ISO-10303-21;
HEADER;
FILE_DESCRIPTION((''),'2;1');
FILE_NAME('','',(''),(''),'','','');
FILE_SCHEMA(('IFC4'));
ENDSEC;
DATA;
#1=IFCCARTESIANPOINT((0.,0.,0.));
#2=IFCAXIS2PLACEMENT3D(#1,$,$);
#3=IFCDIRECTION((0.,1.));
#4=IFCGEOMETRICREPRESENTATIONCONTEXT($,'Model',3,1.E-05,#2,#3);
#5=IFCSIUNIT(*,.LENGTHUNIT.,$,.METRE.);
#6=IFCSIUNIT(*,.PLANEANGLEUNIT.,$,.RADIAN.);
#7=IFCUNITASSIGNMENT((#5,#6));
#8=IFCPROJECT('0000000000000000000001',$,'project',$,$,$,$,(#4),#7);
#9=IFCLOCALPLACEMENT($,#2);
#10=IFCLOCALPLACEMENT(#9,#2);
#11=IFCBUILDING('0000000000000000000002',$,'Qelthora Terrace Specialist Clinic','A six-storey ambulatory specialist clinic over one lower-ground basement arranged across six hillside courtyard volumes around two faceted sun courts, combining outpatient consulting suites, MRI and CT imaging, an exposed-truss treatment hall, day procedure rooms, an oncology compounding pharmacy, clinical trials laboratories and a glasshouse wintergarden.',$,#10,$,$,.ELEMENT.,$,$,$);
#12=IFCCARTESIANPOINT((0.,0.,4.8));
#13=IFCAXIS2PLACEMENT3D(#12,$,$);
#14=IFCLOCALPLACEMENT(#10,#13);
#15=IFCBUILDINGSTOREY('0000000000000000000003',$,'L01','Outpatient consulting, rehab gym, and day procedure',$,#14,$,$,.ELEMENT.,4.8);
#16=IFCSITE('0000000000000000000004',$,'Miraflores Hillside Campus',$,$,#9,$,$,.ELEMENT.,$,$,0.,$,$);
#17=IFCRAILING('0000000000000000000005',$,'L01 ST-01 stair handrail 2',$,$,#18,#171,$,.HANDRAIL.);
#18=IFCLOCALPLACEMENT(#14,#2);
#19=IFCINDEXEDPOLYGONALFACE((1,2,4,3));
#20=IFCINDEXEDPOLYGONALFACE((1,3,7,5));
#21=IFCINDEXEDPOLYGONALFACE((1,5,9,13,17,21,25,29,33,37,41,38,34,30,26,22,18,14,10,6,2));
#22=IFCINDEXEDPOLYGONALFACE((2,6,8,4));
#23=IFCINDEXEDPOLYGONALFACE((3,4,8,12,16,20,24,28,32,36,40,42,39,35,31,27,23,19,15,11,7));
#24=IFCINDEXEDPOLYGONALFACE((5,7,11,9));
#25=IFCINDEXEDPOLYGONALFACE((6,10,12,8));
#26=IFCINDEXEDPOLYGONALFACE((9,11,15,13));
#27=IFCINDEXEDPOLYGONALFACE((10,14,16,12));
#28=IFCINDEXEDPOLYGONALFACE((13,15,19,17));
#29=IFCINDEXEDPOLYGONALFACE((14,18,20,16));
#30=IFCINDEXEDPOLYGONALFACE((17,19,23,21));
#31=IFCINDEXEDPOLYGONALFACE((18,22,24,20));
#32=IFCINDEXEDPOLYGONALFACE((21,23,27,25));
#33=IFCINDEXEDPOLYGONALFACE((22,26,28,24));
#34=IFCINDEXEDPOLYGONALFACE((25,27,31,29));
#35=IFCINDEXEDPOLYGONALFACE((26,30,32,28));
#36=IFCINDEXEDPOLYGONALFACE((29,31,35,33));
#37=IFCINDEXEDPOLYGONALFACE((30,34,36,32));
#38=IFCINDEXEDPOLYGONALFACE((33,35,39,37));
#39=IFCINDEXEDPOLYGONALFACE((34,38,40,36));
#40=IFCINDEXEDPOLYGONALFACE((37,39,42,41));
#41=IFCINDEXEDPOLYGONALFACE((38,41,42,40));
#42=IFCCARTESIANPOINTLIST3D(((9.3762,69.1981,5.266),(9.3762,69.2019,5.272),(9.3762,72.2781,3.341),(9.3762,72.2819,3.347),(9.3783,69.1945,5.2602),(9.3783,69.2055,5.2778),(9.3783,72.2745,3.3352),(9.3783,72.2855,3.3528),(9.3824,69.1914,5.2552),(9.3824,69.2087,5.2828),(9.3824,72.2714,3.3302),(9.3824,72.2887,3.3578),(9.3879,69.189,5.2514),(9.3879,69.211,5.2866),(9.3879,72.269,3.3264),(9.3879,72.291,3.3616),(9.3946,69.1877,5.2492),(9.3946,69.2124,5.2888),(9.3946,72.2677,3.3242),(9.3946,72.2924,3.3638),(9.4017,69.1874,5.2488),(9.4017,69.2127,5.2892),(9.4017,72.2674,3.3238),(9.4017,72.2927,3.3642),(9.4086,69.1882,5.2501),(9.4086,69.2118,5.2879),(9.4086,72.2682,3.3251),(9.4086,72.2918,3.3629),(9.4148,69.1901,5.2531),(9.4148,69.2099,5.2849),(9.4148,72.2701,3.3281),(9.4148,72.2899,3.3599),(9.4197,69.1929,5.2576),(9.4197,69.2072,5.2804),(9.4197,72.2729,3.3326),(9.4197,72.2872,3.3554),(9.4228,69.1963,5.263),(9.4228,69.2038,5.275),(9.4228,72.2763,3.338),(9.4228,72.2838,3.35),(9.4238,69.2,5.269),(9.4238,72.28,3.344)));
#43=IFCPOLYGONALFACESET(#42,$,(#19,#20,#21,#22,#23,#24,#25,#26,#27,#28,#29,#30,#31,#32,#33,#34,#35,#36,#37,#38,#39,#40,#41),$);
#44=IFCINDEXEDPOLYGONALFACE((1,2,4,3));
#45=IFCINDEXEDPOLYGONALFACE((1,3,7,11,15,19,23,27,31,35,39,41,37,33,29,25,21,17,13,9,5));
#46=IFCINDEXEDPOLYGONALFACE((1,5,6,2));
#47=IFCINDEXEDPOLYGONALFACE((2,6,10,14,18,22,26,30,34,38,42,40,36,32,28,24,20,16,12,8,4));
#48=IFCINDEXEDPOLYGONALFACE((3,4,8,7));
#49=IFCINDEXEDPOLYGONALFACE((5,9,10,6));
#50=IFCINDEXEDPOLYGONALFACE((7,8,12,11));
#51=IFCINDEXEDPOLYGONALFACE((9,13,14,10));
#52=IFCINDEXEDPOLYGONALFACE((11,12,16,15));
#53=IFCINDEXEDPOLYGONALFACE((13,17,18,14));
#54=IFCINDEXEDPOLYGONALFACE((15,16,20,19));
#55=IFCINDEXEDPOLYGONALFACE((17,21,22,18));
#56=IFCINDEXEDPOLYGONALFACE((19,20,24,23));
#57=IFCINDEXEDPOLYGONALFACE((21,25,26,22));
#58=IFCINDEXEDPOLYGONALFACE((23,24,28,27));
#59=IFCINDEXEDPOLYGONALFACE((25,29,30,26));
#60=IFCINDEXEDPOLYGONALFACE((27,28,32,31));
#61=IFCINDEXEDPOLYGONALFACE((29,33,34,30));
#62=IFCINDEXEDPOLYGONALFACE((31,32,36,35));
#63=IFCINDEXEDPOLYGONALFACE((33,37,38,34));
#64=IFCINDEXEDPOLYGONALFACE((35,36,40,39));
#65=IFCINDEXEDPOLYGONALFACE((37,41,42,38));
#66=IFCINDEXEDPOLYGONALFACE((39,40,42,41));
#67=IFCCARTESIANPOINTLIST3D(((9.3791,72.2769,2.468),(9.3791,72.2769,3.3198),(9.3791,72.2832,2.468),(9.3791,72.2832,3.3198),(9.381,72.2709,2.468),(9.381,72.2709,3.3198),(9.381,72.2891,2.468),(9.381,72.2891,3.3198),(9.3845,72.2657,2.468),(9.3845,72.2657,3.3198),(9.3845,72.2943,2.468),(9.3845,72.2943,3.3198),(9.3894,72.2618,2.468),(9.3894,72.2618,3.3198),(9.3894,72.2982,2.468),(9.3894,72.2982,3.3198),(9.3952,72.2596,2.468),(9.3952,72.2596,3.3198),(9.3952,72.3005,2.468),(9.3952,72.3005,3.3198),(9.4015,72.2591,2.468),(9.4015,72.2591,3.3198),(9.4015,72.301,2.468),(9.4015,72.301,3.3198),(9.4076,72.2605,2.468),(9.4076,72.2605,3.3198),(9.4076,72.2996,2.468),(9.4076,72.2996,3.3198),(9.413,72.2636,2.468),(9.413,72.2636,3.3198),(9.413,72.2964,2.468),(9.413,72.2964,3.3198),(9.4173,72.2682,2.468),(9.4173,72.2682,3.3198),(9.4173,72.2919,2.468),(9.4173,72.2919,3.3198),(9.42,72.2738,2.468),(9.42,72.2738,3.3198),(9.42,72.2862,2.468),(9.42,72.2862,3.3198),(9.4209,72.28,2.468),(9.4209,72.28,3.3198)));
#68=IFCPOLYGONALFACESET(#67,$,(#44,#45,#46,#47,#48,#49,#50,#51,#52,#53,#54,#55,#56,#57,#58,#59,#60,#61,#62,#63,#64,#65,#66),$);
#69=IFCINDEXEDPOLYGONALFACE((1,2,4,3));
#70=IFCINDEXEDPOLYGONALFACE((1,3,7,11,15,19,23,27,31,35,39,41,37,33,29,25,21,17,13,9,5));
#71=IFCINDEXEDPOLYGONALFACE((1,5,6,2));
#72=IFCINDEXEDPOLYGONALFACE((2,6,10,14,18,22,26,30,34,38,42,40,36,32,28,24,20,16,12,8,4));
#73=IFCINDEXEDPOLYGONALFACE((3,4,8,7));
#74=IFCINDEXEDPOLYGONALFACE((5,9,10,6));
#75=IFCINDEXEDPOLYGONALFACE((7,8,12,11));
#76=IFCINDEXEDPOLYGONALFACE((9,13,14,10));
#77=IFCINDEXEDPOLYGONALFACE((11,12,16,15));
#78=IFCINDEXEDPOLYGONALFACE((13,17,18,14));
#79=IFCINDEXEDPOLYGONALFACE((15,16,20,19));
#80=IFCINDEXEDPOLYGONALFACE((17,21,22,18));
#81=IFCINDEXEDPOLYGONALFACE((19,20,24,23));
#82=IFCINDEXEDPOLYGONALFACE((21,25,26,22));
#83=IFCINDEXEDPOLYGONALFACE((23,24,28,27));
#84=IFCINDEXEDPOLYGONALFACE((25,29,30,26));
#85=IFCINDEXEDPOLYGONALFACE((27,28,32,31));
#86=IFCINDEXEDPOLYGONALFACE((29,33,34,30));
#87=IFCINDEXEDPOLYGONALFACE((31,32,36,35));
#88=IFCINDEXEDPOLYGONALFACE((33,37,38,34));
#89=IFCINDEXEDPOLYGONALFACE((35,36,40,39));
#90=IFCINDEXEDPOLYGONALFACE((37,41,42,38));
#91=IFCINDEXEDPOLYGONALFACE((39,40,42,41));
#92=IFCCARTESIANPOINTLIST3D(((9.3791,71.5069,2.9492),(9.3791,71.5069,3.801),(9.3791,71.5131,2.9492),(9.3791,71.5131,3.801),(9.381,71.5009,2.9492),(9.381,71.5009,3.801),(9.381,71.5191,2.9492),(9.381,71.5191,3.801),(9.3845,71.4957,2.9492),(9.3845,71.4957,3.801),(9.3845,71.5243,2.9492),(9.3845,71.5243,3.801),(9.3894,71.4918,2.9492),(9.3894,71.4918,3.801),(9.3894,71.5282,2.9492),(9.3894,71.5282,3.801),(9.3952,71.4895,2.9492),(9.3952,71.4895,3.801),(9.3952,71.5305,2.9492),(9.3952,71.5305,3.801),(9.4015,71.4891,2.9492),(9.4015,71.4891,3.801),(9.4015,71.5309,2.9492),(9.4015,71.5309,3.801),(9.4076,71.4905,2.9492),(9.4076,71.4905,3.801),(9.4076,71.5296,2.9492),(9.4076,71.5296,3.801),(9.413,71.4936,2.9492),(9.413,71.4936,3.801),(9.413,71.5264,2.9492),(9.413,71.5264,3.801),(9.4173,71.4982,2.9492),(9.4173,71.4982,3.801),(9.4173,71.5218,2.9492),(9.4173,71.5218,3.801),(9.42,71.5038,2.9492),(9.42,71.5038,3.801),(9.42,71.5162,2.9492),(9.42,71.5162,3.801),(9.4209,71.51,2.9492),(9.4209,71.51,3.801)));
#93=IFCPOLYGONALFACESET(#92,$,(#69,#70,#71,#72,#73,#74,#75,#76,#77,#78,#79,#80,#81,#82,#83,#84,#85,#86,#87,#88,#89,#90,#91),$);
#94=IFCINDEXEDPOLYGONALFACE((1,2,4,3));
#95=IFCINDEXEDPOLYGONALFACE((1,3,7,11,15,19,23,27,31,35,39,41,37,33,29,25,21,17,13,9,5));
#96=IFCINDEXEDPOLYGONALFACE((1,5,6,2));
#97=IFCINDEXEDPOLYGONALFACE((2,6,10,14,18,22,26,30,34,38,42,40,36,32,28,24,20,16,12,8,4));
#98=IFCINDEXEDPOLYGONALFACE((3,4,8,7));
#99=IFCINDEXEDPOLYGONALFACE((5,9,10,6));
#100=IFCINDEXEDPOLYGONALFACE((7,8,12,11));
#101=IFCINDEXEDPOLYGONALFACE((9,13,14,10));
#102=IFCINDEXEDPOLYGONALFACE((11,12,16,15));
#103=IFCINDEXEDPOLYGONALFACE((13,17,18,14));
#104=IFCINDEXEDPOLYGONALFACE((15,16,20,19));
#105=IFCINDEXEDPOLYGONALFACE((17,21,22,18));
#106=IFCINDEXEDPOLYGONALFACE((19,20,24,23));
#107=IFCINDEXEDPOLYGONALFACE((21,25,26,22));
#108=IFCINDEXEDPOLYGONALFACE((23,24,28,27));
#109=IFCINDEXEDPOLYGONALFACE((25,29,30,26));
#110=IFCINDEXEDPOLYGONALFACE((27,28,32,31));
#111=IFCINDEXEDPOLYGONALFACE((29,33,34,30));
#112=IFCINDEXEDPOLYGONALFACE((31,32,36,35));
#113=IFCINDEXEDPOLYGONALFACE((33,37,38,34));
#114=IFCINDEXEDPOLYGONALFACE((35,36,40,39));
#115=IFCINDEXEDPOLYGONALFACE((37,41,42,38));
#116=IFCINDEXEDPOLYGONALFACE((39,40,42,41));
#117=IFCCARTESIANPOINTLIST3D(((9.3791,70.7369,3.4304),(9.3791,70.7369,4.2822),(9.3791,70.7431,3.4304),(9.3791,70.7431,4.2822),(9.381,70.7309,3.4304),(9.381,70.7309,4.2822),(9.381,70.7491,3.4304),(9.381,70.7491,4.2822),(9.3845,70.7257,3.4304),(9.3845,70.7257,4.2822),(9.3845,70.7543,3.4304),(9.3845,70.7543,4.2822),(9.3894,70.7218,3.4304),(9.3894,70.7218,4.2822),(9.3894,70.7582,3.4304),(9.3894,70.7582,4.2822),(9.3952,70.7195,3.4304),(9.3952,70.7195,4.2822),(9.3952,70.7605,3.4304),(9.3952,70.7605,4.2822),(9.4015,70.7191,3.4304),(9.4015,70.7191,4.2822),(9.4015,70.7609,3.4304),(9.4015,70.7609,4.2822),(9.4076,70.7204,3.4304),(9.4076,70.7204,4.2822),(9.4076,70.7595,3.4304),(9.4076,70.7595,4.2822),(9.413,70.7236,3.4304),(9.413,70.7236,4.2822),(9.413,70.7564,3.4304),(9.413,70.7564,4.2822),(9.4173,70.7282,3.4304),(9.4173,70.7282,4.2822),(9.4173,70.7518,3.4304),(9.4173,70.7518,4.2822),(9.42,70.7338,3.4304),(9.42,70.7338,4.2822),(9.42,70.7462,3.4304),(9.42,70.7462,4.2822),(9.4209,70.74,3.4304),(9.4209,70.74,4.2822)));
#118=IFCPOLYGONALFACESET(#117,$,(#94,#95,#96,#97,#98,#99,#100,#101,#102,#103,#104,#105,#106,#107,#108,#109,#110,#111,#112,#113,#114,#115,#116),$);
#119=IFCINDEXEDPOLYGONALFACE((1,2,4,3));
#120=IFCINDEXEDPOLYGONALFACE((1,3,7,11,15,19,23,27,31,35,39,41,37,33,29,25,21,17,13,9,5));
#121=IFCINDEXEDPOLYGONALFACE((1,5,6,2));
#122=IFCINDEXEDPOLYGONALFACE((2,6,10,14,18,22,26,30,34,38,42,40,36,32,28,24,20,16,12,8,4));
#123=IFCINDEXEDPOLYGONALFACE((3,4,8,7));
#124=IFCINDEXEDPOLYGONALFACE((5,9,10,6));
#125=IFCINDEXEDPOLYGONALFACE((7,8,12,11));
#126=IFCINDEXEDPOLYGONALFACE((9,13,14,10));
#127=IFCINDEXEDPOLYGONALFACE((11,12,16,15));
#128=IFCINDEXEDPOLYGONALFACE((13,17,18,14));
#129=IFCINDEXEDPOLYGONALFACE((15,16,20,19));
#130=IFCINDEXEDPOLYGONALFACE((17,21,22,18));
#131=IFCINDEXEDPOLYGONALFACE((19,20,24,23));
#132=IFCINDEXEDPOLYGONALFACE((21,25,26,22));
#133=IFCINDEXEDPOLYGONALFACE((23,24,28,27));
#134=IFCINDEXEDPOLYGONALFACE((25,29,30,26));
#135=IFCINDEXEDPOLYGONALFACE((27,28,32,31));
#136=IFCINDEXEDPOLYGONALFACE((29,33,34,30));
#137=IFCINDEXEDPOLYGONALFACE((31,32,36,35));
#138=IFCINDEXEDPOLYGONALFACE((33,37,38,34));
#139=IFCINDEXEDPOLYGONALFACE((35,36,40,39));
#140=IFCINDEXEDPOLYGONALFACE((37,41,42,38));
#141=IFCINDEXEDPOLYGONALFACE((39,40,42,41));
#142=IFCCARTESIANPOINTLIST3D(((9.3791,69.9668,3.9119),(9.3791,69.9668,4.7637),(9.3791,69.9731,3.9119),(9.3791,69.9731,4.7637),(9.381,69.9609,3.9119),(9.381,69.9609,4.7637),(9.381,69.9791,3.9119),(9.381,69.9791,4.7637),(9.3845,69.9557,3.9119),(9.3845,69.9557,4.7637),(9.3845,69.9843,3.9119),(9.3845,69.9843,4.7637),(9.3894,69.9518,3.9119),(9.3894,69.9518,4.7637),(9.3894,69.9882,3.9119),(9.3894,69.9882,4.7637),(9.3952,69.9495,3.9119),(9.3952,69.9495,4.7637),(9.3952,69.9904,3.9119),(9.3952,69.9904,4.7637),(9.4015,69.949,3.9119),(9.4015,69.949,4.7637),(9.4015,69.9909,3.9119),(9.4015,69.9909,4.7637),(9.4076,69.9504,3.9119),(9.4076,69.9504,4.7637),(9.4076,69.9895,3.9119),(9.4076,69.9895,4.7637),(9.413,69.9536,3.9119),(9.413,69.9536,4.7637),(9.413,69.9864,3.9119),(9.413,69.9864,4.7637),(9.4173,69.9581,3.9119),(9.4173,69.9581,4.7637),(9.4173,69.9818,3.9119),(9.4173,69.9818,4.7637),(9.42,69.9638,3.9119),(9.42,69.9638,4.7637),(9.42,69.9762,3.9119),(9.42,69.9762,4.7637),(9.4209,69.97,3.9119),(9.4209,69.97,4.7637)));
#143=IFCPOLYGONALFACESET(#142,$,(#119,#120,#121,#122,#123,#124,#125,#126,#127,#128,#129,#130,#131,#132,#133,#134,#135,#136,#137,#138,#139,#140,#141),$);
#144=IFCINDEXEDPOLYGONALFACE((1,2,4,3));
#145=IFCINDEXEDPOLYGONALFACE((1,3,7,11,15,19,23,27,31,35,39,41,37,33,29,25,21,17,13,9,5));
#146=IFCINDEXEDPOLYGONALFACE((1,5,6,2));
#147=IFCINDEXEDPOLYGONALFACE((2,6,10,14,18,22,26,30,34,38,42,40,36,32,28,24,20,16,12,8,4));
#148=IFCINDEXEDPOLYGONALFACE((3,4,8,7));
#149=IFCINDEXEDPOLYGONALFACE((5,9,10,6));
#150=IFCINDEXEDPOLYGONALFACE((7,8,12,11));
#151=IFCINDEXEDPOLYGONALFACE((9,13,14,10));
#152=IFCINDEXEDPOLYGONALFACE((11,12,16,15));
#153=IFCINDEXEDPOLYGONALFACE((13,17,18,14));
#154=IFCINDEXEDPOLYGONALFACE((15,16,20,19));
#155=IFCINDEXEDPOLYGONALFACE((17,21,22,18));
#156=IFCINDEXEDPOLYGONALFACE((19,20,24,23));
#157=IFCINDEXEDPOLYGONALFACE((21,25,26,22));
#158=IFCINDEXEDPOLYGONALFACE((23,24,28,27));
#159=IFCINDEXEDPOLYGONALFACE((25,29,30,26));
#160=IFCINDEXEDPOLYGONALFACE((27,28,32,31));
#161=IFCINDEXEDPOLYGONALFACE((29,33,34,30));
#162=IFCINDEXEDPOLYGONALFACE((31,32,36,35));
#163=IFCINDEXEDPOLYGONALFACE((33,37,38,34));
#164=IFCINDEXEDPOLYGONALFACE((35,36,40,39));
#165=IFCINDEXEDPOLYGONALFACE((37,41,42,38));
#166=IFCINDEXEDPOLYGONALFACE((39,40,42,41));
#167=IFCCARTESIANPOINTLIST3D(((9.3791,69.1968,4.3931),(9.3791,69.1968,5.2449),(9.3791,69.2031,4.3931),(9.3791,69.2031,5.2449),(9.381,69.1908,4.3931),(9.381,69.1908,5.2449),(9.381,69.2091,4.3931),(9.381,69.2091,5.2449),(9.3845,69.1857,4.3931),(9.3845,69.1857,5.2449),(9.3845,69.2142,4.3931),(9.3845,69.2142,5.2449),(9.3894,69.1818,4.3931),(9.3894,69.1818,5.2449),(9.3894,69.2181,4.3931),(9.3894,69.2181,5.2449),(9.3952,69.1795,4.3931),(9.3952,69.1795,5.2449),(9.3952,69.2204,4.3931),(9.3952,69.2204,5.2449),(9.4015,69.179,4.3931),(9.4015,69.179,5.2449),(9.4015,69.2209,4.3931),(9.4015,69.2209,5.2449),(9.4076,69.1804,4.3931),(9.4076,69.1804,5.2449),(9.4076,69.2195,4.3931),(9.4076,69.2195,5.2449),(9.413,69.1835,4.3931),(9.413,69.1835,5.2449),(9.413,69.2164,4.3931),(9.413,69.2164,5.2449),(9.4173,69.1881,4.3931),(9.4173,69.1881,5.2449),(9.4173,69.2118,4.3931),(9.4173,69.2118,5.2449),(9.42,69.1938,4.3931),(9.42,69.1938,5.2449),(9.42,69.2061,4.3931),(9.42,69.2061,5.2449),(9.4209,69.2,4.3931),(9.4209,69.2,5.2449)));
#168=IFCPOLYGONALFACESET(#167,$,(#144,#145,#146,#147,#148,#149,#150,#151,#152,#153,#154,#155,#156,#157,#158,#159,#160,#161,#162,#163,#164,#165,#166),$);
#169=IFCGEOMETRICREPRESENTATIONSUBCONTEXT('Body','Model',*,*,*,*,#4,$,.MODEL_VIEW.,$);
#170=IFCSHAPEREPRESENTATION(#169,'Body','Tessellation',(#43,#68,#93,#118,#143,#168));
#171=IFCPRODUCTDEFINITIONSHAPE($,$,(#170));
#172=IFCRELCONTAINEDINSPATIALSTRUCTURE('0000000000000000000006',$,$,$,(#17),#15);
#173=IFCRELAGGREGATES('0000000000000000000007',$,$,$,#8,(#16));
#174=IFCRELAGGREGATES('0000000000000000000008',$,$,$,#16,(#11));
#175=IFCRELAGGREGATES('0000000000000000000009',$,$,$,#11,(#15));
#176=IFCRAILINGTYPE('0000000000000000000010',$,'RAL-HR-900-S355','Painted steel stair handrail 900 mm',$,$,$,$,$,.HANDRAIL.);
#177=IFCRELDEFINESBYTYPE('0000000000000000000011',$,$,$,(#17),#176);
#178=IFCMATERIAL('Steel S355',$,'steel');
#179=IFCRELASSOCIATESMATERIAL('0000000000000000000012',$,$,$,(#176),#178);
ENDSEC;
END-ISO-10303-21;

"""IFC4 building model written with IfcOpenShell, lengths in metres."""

from ifc_helpers import new_model, si_unit, direction, frame, origin, origin_2d, place, context, subcontext, project, spatial, circle, extrude, material, type_object, element, save


model = new_model("IFC4")

# Units and contexts
model_context = context("Model", 3, precision=1e-05, world=origin(), true_north=direction((0.0, 1.0)))
body_context = subcontext(model_context, "Body", "Model", "MODEL_VIEW")
ifc_project = project(units=[si_unit("LENGTHUNIT", "METRE"), si_unit("PLANEANGLEUNIT", "RADIAN")], contexts=[model_context])

# Site, building, storey
site_placement = place(None, origin())
site = spatial("IfcSite", under=ifc_project, at=site_placement, Name="Miraflores Hillside Campus", CompositionType="ELEMENT", RefElevation=0.0)
building_placement = place(site_placement, origin())
building = spatial("IfcBuilding", under=site, at=building_placement, Name="Qelthora Terrace Specialist Clinic", Description="A six-storey ambulatory specialist clinic over one lower-ground basement arranged across six hillside courtyard volumes around two faceted sun courts, combining outpatient consulting suites, MRI and CT imaging, an exposed-truss treatment hall, day procedure rooms, an oncology compounding pharmacy, clinical trials laboratories and a glasshouse wintergarden.", CompositionType="ELEMENT")
storey_placement = place(building_placement, frame((0.0, 0.0, 4.8)))
storey = spatial("IfcBuildingStorey", under=building, at=storey_placement, Name="L01", Description="Outpatient consulting, rehab gym, and day procedure", CompositionType="ELEMENT", Elevation=4.8)

# Shared definitions
ifc_material_1 = material(Name="Steel S355", Category="steel")

# Railing
railing_type_1 = type_object("IfcRailingType", Name="RAL-HR-900-S355", Description="Painted steel stair handrail 900 mm", PredefinedType="HANDRAIL", material=ifc_material_1)
railing_1_placement = place(storey_placement, frame((9.3999, 72.28, 2.468)))
element("IfcRailing", 1, at=railing_1_placement, inside=storey, type_object=railing_type_1, Name="L01 ST-01 stair handrail 2", PredefinedType="HANDRAIL", context=body_context, shape_type="SweptSolid", body=[
    extrude(circle(Radius=0.0239, at=origin_2d()), frame((0.0, 0.0, 0.876), z_axis=(0.0, -0.847998, 0.529999), x_axis=(1.0, 0.0, 0.0)), (0.0, 0.0, 1.0), 3.6321),
    extrude(circle(Radius=0.021, at=origin_2d()), origin(), (0.0, 0.0, 1.0), 0.8518),
    extrude(circle(Radius=0.021, at=origin_2d()), frame((0.0, -0.77, 0.4812)), (0.0, 0.0, 1.0), 0.8518),
    extrude(circle(Radius=0.021, at=origin_2d()), frame((0.0, -1.54, 0.9624)), (0.0, 0.0, 1.0), 0.8518),
    extrude(circle(Radius=0.021, at=origin_2d()), frame((0.0, -2.3101, 1.4438)), (0.0, 0.0, 1.0), 0.8518),
    extrude(circle(Radius=0.021, at=origin_2d()), frame((0.0, -3.0801, 1.925)), (0.0, 0.0, 1.0), 0.8518),
])

save(model, "model.ifc")
